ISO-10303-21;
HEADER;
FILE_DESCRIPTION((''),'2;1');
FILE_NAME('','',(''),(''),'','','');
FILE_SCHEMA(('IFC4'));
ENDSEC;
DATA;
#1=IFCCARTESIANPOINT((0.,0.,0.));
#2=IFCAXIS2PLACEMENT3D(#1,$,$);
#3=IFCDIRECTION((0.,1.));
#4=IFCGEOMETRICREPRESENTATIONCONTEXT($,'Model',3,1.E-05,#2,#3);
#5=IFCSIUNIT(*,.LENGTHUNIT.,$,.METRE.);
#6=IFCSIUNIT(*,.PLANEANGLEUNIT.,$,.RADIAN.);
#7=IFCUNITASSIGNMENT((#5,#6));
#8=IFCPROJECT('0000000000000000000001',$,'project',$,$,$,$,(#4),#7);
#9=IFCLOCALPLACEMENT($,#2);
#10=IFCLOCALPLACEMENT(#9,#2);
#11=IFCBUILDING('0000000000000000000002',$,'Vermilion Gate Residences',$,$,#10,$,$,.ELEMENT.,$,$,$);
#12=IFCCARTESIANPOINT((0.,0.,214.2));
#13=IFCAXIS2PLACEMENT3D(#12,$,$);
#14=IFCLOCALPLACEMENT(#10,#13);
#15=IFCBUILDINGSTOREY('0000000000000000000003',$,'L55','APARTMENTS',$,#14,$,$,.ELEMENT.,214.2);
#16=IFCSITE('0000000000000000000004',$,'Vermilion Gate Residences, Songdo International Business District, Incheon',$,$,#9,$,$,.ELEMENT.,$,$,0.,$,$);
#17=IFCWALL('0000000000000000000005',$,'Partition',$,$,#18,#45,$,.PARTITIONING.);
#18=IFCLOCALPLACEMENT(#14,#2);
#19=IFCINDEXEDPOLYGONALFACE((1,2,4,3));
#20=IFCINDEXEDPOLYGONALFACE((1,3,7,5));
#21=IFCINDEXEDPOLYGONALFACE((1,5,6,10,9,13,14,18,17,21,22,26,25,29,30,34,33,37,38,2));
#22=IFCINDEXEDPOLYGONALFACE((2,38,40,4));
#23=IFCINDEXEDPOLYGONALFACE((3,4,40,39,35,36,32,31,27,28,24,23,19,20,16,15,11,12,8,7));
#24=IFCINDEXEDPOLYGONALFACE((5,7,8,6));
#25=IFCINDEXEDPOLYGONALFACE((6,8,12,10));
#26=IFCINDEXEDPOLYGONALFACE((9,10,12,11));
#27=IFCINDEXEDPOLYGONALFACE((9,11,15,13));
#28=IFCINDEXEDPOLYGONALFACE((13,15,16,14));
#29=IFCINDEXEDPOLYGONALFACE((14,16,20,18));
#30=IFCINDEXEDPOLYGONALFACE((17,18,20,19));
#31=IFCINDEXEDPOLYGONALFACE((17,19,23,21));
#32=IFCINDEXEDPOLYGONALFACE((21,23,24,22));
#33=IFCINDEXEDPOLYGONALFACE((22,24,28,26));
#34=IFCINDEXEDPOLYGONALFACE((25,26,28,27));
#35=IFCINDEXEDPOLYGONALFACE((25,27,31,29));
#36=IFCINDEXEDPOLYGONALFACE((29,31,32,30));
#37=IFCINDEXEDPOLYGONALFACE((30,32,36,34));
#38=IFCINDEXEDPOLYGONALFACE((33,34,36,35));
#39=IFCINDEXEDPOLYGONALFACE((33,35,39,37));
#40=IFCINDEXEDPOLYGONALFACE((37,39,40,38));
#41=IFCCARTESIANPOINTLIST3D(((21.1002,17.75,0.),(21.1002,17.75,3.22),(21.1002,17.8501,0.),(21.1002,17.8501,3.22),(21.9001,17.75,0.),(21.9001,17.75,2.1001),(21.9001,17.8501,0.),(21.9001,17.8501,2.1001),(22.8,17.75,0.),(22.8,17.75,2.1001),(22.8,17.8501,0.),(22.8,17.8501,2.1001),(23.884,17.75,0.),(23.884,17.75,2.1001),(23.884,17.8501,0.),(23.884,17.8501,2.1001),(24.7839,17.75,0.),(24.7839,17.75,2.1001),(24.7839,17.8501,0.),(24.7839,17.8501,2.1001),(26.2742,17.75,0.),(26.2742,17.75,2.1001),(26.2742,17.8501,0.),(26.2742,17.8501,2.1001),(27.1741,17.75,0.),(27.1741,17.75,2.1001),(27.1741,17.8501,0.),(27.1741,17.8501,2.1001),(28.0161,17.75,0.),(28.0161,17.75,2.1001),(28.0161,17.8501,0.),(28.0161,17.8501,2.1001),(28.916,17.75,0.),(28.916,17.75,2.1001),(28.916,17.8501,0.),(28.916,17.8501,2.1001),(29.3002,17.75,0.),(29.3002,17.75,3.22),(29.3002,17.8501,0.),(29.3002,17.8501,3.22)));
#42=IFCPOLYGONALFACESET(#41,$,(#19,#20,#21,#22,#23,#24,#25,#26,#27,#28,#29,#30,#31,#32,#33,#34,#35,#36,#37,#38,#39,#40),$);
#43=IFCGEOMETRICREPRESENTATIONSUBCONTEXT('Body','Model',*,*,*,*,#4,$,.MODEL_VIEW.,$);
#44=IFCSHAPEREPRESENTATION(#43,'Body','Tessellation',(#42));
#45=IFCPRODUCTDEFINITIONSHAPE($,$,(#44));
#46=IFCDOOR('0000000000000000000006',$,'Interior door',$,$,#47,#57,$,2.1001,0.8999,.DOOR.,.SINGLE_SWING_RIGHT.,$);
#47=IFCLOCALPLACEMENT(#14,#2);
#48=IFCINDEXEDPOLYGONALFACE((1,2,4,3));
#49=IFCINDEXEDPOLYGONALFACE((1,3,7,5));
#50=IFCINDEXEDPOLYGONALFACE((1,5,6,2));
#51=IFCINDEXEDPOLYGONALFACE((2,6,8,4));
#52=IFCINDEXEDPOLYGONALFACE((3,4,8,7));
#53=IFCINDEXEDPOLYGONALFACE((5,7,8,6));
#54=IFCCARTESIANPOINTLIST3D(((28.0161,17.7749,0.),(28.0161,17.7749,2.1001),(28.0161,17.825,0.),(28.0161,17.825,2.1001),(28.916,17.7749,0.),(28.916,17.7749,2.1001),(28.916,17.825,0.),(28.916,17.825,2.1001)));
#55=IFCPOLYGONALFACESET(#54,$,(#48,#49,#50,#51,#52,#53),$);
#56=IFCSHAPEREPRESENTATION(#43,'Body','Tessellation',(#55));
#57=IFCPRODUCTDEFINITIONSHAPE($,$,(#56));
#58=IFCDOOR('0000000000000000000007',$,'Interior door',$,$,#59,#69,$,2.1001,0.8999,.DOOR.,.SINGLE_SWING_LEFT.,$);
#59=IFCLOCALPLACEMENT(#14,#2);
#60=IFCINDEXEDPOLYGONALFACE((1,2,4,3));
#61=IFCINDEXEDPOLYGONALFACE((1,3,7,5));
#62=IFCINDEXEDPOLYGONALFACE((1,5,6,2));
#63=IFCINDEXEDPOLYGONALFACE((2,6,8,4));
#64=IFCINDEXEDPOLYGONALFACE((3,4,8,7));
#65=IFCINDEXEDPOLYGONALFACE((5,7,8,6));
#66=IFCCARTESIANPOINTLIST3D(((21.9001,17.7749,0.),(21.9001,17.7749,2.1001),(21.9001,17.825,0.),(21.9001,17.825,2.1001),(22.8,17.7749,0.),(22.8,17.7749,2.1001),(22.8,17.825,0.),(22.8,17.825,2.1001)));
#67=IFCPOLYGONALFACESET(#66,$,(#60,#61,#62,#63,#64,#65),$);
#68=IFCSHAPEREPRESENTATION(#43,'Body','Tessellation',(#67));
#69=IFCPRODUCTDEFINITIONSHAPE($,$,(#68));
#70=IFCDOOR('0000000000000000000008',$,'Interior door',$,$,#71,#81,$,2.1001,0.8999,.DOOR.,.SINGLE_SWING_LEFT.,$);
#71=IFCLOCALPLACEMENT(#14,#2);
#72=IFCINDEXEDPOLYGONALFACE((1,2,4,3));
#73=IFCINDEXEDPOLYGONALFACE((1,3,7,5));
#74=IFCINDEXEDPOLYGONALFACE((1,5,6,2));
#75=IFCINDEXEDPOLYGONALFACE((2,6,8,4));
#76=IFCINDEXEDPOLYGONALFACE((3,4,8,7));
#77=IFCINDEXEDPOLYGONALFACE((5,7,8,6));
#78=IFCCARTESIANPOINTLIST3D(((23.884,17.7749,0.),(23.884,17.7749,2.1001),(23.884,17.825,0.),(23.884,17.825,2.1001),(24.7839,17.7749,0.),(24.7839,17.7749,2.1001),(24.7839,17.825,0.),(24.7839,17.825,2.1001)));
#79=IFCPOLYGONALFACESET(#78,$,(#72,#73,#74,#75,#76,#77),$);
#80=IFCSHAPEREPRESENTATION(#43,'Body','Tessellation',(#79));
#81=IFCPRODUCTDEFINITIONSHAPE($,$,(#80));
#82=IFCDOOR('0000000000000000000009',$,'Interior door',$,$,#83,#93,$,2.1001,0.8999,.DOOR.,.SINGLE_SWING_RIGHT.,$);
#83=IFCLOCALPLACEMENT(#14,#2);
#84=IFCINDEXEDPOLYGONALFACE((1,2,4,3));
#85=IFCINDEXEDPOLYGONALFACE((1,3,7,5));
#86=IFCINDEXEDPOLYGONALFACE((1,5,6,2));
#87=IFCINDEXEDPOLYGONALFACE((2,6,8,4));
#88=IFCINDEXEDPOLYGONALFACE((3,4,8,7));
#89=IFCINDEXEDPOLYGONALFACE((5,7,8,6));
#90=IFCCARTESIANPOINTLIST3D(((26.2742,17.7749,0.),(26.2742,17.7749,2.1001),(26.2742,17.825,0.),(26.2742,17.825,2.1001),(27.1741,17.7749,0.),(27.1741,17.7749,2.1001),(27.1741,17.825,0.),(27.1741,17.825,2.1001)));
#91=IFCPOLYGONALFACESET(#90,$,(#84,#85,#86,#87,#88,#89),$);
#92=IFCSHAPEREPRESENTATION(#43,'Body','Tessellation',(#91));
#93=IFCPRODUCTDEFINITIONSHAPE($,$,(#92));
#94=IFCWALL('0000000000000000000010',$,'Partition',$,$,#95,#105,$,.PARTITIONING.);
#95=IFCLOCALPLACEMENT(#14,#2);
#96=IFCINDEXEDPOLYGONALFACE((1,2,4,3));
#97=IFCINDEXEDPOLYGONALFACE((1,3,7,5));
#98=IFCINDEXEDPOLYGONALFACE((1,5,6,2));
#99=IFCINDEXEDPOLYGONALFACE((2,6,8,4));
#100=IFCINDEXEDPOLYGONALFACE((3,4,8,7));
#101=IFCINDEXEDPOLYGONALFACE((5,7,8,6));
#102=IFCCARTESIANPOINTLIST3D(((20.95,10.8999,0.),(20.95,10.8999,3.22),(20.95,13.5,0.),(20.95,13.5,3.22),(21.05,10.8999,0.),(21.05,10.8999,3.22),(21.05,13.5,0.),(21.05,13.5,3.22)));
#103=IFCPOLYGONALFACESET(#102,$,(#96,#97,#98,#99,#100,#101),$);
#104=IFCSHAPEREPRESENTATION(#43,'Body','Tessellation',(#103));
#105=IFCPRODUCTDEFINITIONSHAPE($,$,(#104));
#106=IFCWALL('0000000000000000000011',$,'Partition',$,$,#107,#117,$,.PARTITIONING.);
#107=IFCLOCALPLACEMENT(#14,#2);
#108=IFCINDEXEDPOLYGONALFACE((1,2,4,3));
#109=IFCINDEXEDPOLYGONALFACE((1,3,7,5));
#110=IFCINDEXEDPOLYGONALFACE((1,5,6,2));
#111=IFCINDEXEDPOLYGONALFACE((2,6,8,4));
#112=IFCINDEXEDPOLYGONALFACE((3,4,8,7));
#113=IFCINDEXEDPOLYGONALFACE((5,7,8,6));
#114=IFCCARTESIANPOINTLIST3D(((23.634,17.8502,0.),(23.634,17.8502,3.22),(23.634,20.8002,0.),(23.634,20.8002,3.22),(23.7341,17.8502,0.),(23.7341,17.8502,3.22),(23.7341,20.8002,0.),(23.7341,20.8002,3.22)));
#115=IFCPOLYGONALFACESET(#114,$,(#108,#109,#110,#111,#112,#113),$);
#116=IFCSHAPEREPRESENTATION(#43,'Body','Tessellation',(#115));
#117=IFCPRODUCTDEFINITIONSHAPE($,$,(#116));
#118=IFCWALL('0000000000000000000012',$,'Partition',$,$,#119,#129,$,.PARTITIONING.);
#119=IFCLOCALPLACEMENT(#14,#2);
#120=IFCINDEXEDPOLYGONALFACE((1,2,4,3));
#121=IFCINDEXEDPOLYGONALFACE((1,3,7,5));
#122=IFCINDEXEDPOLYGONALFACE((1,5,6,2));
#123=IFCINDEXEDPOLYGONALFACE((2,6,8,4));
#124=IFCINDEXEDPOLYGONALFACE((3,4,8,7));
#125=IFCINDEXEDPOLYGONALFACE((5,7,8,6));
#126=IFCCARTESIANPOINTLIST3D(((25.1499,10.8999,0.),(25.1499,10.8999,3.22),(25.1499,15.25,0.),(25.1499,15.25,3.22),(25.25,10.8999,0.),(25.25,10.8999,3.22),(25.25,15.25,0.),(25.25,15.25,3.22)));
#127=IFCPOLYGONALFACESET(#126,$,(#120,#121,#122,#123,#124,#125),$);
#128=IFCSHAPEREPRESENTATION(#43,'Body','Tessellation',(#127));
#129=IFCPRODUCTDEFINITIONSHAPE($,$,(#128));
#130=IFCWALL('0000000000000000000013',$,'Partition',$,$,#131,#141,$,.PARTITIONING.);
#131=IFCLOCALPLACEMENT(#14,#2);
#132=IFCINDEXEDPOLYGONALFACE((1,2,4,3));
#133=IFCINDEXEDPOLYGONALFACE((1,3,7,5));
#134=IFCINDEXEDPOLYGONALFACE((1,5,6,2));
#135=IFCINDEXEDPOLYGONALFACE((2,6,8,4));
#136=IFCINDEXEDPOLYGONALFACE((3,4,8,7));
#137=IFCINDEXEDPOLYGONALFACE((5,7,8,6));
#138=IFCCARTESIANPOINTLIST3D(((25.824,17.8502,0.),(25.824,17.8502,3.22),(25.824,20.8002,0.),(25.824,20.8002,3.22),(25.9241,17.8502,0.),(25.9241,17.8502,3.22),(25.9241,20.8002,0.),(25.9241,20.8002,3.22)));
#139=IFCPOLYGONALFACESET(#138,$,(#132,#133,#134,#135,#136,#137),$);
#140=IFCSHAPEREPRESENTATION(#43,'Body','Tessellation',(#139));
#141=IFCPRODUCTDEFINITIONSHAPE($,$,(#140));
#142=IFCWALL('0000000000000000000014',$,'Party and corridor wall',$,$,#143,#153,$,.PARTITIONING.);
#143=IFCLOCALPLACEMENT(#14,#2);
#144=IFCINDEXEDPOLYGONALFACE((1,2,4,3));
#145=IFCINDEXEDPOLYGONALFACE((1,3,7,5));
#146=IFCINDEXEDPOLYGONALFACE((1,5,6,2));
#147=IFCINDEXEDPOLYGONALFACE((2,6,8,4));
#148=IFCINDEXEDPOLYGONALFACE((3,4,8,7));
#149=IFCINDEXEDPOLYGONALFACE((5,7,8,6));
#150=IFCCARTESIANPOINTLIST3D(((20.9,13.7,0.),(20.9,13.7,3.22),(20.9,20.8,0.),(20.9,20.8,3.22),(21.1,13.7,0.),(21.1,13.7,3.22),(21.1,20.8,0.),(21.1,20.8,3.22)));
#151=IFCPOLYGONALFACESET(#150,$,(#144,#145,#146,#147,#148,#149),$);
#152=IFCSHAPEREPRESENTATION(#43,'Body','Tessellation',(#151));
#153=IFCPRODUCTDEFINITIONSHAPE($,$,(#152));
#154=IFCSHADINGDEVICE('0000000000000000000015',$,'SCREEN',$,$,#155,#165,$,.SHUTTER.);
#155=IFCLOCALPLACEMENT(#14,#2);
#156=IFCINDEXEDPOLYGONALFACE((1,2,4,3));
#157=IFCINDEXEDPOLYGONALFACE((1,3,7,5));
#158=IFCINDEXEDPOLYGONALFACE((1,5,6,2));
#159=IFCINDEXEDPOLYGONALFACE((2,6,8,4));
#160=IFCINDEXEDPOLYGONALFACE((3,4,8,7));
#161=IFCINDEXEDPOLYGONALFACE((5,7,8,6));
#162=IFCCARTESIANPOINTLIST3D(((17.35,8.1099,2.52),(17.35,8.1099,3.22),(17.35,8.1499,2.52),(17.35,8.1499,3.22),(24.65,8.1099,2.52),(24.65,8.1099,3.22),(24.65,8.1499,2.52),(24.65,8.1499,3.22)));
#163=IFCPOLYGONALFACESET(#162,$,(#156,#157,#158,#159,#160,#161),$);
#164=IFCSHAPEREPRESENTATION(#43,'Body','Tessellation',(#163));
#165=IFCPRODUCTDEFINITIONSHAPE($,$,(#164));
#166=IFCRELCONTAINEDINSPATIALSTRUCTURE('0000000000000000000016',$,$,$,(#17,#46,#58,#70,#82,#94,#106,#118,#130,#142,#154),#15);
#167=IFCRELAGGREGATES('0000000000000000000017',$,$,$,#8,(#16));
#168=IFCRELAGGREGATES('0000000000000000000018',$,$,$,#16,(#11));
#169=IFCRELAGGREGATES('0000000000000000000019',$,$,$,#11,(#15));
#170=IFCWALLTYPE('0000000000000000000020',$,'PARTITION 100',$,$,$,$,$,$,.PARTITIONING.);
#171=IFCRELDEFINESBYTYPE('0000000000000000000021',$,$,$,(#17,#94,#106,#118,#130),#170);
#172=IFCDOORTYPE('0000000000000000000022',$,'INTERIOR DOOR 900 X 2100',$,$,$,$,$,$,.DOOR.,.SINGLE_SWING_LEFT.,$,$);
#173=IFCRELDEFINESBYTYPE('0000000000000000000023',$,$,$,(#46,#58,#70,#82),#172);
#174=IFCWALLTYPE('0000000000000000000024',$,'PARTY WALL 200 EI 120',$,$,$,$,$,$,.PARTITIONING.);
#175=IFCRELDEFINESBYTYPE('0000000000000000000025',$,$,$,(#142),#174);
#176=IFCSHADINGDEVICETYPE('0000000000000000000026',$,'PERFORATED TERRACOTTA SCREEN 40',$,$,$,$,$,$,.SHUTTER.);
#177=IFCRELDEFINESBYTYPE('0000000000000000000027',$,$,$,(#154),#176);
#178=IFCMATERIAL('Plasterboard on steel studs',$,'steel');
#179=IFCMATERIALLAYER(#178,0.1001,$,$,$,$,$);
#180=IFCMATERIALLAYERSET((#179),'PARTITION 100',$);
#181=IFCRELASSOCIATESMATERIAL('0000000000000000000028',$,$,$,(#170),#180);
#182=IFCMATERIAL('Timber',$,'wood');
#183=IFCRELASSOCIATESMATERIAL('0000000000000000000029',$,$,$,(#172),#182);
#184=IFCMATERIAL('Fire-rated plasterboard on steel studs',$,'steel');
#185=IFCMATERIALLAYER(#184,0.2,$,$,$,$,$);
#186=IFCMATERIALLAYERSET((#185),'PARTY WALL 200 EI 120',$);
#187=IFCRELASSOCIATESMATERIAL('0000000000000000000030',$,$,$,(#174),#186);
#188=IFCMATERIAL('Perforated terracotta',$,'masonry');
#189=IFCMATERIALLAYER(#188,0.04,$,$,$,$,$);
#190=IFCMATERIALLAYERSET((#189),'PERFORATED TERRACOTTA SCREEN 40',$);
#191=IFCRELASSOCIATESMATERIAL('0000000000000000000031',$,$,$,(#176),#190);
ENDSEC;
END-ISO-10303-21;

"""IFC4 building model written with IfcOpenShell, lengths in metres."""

from ifc_helpers import new_model, si_unit, direction, frame, frame_2d, origin, origin_2d, place, context, subcontext, project, spatial, rectangle, extrude, material, layer, layer_set, type_object, element, fill, save


model = new_model("IFC4")

# Units and contexts
model_context = context("Model", 3, precision=1e-05, world=origin(), true_north=direction((0.0, 1.0)))
body_context = subcontext(model_context, "Body", "Model", "MODEL_VIEW")
ifc_project = project(units=[si_unit("LENGTHUNIT", "METRE"), si_unit("PLANEANGLEUNIT", "RADIAN")], contexts=[model_context])

# Site, building, storey
site_placement = place(None, origin())
site = spatial("IfcSite", under=ifc_project, at=site_placement, Name="Vermilion Gate Residences, Songdo International Business District, Incheon", CompositionType="ELEMENT", RefElevation=0.0)
building_placement = place(site_placement, origin())
building = spatial("IfcBuilding", under=site, at=building_placement, Name="Vermilion Gate Residences", CompositionType="ELEMENT")
storey_placement = place(building_placement, frame((0.0, 0.0, 214.2)))
storey = spatial("IfcBuildingStorey", under=building, at=storey_placement, Name="L55", Description="APARTMENTS", CompositionType="ELEMENT", Elevation=214.2)

# Wall, openings, doors
ifc_material_1 = material(Name="Plasterboard on steel studs", Category="steel")
ifc_layer_1 = layer(ifc_material_1, 0.1001)
ifc_layer_set_1 = layer_set([ifc_layer_1], Name="PARTITION 100")
wall_type_1 = type_object("IfcWallType", Name="PARTITION 100", PredefinedType="PARTITIONING", material=ifc_layer_set_1)
ifc_material_2 = material(Name="Timber", Category="wood")
door_type = type_object("IfcDoorType", Name="INTERIOR DOOR 900 X 2100", OperationType="SINGLE_SWING_LEFT", PredefinedType="DOOR", material=ifc_material_2)
wall_1_placement = place(storey_placement, frame((21.1001, 17.8, 0.0), z_axis=(0.0, 0.0, 1.0), x_axis=(1.0, 0.0, 0.0)))
wall_1 = element("IfcWall", 1, at=wall_1_placement, inside=storey, type_object=wall_type_1, Name="Partition", PredefinedType="PARTITIONING", context=body_context, shape_type="SweptSolid", body=[
    extrude(rectangle(XDim=8.2, YDim=0.1001, at=frame_2d((4.1001, 0.0))), origin(), (0.0, 0.0, 1.0), 3.22),
])
opening_1_placement = place(wall_1_placement, frame((6.916, 0.0, 0.0)))
opening_1 = element("IfcOpeningElement", 2, at=opening_1_placement, cuts=wall_1, PredefinedType="OPENING", context=body_context, shape_type="SweptSolid", body=[
    extrude(rectangle(XDim=0.8999, YDim=2.1001, at=frame_2d((0.45, 1.05))), frame((0.0, 0.0601, 0.0), z_axis=(0.0, -1.0, 0.0), x_axis=(1.0, 0.0, 0.0)), (0.0, 0.0, 1.0), 0.1201),
])
opening_2_placement = place(wall_1_placement, frame((0.8, 0.0, 0.0)))
opening_2 = element("IfcOpeningElement", 3, at=opening_2_placement, cuts=wall_1, PredefinedType="OPENING", context=body_context, shape_type="SweptSolid", body=[
    extrude(rectangle(XDim=0.8999, YDim=2.1001, at=frame_2d((0.45, 1.05))), frame((0.0, 0.0601, 0.0), z_axis=(0.0, -1.0, 0.0), x_axis=(1.0, 0.0, 0.0)), (0.0, 0.0, 1.0), 0.1201),
])
opening_3_placement = place(wall_1_placement, frame((2.7839, 0.0, 0.0)))
opening_3 = element("IfcOpeningElement", 4, at=opening_3_placement, cuts=wall_1, PredefinedType="OPENING", context=body_context, shape_type="SweptSolid", body=[
    extrude(rectangle(XDim=0.8999, YDim=2.1001, at=frame_2d((0.45, 1.05))), frame((0.0, 0.0601, 0.0), z_axis=(0.0, -1.0, 0.0), x_axis=(1.0, 0.0, 0.0)), (0.0, 0.0, 1.0), 0.1201),
])
opening_4_placement = place(wall_1_placement, frame((5.1741, 0.0, 0.0)))
opening_4 = element("IfcOpeningElement", 5, at=opening_4_placement, cuts=wall_1, PredefinedType="OPENING", context=body_context, shape_type="SweptSolid", body=[
    extrude(rectangle(XDim=0.8999, YDim=2.1001, at=frame_2d((0.45, 1.05))), frame((0.0, 0.0601, 0.0), z_axis=(0.0, -1.0, 0.0), x_axis=(1.0, 0.0, 0.0)), (0.0, 0.0, 1.0), 0.1201),
])
door_1_placement = place(opening_1_placement, origin())
door_1 = element("IfcDoor", 6, at=door_1_placement, inside=storey, type_object=door_type, Name="Interior door", OperationType="SINGLE_SWING_RIGHT", OverallHeight=2.1001, OverallWidth=0.8999, PredefinedType="DOOR", context=body_context, shape_type="SweptSolid", body=[
    extrude(rectangle(XDim=0.8999, YDim=2.1001, at=frame_2d((0.45, 1.05))), frame((0.0, 0.0249, 0.0), z_axis=(0.0, -1.0, 0.0), x_axis=(1.0, 0.0, 0.0)), (0.0, 0.0, 1.0), 0.05),
])
fill(opening_1, door_1)
door_2_placement = place(opening_2_placement, origin())
door_2 = element("IfcDoor", 7, at=door_2_placement, inside=storey, type_object=door_type, Name="Interior door", OperationType="SINGLE_SWING_LEFT", OverallHeight=2.1001, OverallWidth=0.8999, PredefinedType="DOOR", context=body_context, shape_type="SweptSolid", body=[
    extrude(rectangle(XDim=0.8999, YDim=2.1001, at=frame_2d((0.45, 1.05))), frame((0.0, 0.0249, 0.0), z_axis=(0.0, -1.0, 0.0), x_axis=(1.0, 0.0, 0.0)), (0.0, 0.0, 1.0), 0.05),
])
fill(opening_2, door_2)
door_3_placement = place(opening_3_placement, origin())
door_3 = element("IfcDoor", 8, at=door_3_placement, inside=storey, type_object=door_type, Name="Interior door", OperationType="SINGLE_SWING_LEFT", OverallHeight=2.1001, OverallWidth=0.8999, PredefinedType="DOOR", context=body_context, shape_type="SweptSolid", body=[
    extrude(rectangle(XDim=0.8999, YDim=2.1001, at=frame_2d((0.45, 1.05))), frame((0.0, 0.0249, 0.0), z_axis=(0.0, -1.0, 0.0), x_axis=(1.0, 0.0, 0.0)), (0.0, 0.0, 1.0), 0.05),
])
fill(opening_3, door_3)
door_4_placement = place(opening_4_placement, origin())
door_4 = element("IfcDoor", 9, at=door_4_placement, inside=storey, type_object=door_type, Name="Interior door", OperationType="SINGLE_SWING_RIGHT", OverallHeight=2.1001, OverallWidth=0.8999, PredefinedType="DOOR", context=body_context, shape_type="SweptSolid", body=[
    extrude(rectangle(XDim=0.8999, YDim=2.1001, at=frame_2d((0.45, 1.05))), frame((0.0, 0.0249, 0.0), z_axis=(0.0, -1.0, 0.0), x_axis=(1.0, 0.0, 0.0)), (0.0, 0.0, 1.0), 0.05),
])
fill(opening_4, door_4)

# Walls
wall_2_placement = place(storey_placement, frame((21.0, 10.8999, 0.0), z_axis=(0.0, 0.0, 1.0), x_axis=(0.0, 1.0, 0.0)))
element("IfcWall", 10, at=wall_2_placement, inside=storey, type_object=wall_type_1, Name="Partition", PredefinedType="PARTITIONING", context=body_context, shape_type="SweptSolid", body=[
    extrude(rectangle(XDim=2.6001, YDim=0.1001, at=frame_2d((1.3, 0.0))), origin(), (0.0, 0.0, 1.0), 3.22),
])
wall_3_placement = place(storey_placement, frame((23.6841, 17.8501, 0.0), z_axis=(0.0, 0.0, 1.0), x_axis=(0.0, 1.0, 0.0)))
element("IfcWall", 11, at=wall_3_placement, inside=storey, type_object=wall_type_1, Name="Partition", PredefinedType="PARTITIONING", context=body_context, shape_type="SweptSolid", body=[
    extrude(rectangle(XDim=2.95, YDim=0.1001, at=frame_2d((1.4751, 0.0))), origin(), (0.0, 0.0, 1.0), 3.22),
])
wall_4_placement = place(storey_placement, frame((25.2, 10.8999, 0.0), z_axis=(0.0, 0.0, 1.0), x_axis=(0.0, 1.0, 0.0)))
element("IfcWall", 12, at=wall_4_placement, inside=storey, type_object=wall_type_1, Name="Partition", PredefinedType="PARTITIONING", context=body_context, shape_type="SweptSolid", body=[
    extrude(rectangle(XDim=4.3501, YDim=0.1001, at=frame_2d((2.175, 0.0))), origin(), (0.0, 0.0, 1.0), 3.22),
])
wall_5_placement = place(storey_placement, frame((25.874, 17.8501, 0.0), z_axis=(0.0, 0.0, 1.0), x_axis=(0.0, 1.0, 0.0)))
element("IfcWall", 13, at=wall_5_placement, inside=storey, type_object=wall_type_1, Name="Partition", PredefinedType="PARTITIONING", context=body_context, shape_type="SweptSolid", body=[
    extrude(rectangle(XDim=2.95, YDim=0.1001, at=frame_2d((1.4751, 0.0))), origin(), (0.0, 0.0, 1.0), 3.22),
])
ifc_material_3 = material(Name="Fire-rated plasterboard on steel studs", Category="steel")
ifc_layer_2 = layer(ifc_material_3, 0.2)
ifc_layer_set_2 = layer_set([ifc_layer_2], Name="PARTY WALL 200 EI 120")
wall_type_2 = type_object("IfcWallType", Name="PARTY WALL 200 EI 120", PredefinedType="PARTITIONING", material=ifc_layer_set_2)
wall_6_placement = place(storey_placement, frame((21.0, 13.7, 0.0), z_axis=(0.0, 0.0, 1.0), x_axis=(0.0, 1.0, 0.0)))
element("IfcWall", 14, at=wall_6_placement, inside=storey, type_object=wall_type_2, Name="Party and corridor wall", PredefinedType="PARTITIONING", context=body_context, shape_type="SweptSolid", body=[
    extrude(rectangle(XDim=7.1001, YDim=0.2, at=frame_2d((3.55, 0.0))), origin(), (0.0, 0.0, 1.0), 3.22),
])

# Shading device
ifc_material_4 = material(Name="Perforated terracotta", Category="masonry")
ifc_layer_3 = layer(ifc_material_4, 0.04)
ifc_layer_set_3 = layer_set([ifc_layer_3], Name="PERFORATED TERRACOTTA SCREEN 40")
shading_device_type_1 = type_object("IfcShadingDeviceType", Name="PERFORATED TERRACOTTA SCREEN 40", PredefinedType="SHUTTER", material=ifc_layer_set_3)
shading_device_1_placement = place(storey_placement, frame((21.0, 8.1299, 2.52), z_axis=(0.0, 0.0, 1.0), x_axis=(1.0, 0.0, 0.0)))
element("IfcShadingDevice", 15, at=shading_device_1_placement, inside=storey, type_object=shading_device_type_1, Name="SCREEN", PredefinedType="SHUTTER", context=body_context, shape_type="SweptSolid", body=[
    extrude(rectangle(XDim=7.3, YDim=0.04, at=origin_2d()), origin(), (0.0, 0.0, 1.0), 0.7),
])

save(model, "model.ifc")
